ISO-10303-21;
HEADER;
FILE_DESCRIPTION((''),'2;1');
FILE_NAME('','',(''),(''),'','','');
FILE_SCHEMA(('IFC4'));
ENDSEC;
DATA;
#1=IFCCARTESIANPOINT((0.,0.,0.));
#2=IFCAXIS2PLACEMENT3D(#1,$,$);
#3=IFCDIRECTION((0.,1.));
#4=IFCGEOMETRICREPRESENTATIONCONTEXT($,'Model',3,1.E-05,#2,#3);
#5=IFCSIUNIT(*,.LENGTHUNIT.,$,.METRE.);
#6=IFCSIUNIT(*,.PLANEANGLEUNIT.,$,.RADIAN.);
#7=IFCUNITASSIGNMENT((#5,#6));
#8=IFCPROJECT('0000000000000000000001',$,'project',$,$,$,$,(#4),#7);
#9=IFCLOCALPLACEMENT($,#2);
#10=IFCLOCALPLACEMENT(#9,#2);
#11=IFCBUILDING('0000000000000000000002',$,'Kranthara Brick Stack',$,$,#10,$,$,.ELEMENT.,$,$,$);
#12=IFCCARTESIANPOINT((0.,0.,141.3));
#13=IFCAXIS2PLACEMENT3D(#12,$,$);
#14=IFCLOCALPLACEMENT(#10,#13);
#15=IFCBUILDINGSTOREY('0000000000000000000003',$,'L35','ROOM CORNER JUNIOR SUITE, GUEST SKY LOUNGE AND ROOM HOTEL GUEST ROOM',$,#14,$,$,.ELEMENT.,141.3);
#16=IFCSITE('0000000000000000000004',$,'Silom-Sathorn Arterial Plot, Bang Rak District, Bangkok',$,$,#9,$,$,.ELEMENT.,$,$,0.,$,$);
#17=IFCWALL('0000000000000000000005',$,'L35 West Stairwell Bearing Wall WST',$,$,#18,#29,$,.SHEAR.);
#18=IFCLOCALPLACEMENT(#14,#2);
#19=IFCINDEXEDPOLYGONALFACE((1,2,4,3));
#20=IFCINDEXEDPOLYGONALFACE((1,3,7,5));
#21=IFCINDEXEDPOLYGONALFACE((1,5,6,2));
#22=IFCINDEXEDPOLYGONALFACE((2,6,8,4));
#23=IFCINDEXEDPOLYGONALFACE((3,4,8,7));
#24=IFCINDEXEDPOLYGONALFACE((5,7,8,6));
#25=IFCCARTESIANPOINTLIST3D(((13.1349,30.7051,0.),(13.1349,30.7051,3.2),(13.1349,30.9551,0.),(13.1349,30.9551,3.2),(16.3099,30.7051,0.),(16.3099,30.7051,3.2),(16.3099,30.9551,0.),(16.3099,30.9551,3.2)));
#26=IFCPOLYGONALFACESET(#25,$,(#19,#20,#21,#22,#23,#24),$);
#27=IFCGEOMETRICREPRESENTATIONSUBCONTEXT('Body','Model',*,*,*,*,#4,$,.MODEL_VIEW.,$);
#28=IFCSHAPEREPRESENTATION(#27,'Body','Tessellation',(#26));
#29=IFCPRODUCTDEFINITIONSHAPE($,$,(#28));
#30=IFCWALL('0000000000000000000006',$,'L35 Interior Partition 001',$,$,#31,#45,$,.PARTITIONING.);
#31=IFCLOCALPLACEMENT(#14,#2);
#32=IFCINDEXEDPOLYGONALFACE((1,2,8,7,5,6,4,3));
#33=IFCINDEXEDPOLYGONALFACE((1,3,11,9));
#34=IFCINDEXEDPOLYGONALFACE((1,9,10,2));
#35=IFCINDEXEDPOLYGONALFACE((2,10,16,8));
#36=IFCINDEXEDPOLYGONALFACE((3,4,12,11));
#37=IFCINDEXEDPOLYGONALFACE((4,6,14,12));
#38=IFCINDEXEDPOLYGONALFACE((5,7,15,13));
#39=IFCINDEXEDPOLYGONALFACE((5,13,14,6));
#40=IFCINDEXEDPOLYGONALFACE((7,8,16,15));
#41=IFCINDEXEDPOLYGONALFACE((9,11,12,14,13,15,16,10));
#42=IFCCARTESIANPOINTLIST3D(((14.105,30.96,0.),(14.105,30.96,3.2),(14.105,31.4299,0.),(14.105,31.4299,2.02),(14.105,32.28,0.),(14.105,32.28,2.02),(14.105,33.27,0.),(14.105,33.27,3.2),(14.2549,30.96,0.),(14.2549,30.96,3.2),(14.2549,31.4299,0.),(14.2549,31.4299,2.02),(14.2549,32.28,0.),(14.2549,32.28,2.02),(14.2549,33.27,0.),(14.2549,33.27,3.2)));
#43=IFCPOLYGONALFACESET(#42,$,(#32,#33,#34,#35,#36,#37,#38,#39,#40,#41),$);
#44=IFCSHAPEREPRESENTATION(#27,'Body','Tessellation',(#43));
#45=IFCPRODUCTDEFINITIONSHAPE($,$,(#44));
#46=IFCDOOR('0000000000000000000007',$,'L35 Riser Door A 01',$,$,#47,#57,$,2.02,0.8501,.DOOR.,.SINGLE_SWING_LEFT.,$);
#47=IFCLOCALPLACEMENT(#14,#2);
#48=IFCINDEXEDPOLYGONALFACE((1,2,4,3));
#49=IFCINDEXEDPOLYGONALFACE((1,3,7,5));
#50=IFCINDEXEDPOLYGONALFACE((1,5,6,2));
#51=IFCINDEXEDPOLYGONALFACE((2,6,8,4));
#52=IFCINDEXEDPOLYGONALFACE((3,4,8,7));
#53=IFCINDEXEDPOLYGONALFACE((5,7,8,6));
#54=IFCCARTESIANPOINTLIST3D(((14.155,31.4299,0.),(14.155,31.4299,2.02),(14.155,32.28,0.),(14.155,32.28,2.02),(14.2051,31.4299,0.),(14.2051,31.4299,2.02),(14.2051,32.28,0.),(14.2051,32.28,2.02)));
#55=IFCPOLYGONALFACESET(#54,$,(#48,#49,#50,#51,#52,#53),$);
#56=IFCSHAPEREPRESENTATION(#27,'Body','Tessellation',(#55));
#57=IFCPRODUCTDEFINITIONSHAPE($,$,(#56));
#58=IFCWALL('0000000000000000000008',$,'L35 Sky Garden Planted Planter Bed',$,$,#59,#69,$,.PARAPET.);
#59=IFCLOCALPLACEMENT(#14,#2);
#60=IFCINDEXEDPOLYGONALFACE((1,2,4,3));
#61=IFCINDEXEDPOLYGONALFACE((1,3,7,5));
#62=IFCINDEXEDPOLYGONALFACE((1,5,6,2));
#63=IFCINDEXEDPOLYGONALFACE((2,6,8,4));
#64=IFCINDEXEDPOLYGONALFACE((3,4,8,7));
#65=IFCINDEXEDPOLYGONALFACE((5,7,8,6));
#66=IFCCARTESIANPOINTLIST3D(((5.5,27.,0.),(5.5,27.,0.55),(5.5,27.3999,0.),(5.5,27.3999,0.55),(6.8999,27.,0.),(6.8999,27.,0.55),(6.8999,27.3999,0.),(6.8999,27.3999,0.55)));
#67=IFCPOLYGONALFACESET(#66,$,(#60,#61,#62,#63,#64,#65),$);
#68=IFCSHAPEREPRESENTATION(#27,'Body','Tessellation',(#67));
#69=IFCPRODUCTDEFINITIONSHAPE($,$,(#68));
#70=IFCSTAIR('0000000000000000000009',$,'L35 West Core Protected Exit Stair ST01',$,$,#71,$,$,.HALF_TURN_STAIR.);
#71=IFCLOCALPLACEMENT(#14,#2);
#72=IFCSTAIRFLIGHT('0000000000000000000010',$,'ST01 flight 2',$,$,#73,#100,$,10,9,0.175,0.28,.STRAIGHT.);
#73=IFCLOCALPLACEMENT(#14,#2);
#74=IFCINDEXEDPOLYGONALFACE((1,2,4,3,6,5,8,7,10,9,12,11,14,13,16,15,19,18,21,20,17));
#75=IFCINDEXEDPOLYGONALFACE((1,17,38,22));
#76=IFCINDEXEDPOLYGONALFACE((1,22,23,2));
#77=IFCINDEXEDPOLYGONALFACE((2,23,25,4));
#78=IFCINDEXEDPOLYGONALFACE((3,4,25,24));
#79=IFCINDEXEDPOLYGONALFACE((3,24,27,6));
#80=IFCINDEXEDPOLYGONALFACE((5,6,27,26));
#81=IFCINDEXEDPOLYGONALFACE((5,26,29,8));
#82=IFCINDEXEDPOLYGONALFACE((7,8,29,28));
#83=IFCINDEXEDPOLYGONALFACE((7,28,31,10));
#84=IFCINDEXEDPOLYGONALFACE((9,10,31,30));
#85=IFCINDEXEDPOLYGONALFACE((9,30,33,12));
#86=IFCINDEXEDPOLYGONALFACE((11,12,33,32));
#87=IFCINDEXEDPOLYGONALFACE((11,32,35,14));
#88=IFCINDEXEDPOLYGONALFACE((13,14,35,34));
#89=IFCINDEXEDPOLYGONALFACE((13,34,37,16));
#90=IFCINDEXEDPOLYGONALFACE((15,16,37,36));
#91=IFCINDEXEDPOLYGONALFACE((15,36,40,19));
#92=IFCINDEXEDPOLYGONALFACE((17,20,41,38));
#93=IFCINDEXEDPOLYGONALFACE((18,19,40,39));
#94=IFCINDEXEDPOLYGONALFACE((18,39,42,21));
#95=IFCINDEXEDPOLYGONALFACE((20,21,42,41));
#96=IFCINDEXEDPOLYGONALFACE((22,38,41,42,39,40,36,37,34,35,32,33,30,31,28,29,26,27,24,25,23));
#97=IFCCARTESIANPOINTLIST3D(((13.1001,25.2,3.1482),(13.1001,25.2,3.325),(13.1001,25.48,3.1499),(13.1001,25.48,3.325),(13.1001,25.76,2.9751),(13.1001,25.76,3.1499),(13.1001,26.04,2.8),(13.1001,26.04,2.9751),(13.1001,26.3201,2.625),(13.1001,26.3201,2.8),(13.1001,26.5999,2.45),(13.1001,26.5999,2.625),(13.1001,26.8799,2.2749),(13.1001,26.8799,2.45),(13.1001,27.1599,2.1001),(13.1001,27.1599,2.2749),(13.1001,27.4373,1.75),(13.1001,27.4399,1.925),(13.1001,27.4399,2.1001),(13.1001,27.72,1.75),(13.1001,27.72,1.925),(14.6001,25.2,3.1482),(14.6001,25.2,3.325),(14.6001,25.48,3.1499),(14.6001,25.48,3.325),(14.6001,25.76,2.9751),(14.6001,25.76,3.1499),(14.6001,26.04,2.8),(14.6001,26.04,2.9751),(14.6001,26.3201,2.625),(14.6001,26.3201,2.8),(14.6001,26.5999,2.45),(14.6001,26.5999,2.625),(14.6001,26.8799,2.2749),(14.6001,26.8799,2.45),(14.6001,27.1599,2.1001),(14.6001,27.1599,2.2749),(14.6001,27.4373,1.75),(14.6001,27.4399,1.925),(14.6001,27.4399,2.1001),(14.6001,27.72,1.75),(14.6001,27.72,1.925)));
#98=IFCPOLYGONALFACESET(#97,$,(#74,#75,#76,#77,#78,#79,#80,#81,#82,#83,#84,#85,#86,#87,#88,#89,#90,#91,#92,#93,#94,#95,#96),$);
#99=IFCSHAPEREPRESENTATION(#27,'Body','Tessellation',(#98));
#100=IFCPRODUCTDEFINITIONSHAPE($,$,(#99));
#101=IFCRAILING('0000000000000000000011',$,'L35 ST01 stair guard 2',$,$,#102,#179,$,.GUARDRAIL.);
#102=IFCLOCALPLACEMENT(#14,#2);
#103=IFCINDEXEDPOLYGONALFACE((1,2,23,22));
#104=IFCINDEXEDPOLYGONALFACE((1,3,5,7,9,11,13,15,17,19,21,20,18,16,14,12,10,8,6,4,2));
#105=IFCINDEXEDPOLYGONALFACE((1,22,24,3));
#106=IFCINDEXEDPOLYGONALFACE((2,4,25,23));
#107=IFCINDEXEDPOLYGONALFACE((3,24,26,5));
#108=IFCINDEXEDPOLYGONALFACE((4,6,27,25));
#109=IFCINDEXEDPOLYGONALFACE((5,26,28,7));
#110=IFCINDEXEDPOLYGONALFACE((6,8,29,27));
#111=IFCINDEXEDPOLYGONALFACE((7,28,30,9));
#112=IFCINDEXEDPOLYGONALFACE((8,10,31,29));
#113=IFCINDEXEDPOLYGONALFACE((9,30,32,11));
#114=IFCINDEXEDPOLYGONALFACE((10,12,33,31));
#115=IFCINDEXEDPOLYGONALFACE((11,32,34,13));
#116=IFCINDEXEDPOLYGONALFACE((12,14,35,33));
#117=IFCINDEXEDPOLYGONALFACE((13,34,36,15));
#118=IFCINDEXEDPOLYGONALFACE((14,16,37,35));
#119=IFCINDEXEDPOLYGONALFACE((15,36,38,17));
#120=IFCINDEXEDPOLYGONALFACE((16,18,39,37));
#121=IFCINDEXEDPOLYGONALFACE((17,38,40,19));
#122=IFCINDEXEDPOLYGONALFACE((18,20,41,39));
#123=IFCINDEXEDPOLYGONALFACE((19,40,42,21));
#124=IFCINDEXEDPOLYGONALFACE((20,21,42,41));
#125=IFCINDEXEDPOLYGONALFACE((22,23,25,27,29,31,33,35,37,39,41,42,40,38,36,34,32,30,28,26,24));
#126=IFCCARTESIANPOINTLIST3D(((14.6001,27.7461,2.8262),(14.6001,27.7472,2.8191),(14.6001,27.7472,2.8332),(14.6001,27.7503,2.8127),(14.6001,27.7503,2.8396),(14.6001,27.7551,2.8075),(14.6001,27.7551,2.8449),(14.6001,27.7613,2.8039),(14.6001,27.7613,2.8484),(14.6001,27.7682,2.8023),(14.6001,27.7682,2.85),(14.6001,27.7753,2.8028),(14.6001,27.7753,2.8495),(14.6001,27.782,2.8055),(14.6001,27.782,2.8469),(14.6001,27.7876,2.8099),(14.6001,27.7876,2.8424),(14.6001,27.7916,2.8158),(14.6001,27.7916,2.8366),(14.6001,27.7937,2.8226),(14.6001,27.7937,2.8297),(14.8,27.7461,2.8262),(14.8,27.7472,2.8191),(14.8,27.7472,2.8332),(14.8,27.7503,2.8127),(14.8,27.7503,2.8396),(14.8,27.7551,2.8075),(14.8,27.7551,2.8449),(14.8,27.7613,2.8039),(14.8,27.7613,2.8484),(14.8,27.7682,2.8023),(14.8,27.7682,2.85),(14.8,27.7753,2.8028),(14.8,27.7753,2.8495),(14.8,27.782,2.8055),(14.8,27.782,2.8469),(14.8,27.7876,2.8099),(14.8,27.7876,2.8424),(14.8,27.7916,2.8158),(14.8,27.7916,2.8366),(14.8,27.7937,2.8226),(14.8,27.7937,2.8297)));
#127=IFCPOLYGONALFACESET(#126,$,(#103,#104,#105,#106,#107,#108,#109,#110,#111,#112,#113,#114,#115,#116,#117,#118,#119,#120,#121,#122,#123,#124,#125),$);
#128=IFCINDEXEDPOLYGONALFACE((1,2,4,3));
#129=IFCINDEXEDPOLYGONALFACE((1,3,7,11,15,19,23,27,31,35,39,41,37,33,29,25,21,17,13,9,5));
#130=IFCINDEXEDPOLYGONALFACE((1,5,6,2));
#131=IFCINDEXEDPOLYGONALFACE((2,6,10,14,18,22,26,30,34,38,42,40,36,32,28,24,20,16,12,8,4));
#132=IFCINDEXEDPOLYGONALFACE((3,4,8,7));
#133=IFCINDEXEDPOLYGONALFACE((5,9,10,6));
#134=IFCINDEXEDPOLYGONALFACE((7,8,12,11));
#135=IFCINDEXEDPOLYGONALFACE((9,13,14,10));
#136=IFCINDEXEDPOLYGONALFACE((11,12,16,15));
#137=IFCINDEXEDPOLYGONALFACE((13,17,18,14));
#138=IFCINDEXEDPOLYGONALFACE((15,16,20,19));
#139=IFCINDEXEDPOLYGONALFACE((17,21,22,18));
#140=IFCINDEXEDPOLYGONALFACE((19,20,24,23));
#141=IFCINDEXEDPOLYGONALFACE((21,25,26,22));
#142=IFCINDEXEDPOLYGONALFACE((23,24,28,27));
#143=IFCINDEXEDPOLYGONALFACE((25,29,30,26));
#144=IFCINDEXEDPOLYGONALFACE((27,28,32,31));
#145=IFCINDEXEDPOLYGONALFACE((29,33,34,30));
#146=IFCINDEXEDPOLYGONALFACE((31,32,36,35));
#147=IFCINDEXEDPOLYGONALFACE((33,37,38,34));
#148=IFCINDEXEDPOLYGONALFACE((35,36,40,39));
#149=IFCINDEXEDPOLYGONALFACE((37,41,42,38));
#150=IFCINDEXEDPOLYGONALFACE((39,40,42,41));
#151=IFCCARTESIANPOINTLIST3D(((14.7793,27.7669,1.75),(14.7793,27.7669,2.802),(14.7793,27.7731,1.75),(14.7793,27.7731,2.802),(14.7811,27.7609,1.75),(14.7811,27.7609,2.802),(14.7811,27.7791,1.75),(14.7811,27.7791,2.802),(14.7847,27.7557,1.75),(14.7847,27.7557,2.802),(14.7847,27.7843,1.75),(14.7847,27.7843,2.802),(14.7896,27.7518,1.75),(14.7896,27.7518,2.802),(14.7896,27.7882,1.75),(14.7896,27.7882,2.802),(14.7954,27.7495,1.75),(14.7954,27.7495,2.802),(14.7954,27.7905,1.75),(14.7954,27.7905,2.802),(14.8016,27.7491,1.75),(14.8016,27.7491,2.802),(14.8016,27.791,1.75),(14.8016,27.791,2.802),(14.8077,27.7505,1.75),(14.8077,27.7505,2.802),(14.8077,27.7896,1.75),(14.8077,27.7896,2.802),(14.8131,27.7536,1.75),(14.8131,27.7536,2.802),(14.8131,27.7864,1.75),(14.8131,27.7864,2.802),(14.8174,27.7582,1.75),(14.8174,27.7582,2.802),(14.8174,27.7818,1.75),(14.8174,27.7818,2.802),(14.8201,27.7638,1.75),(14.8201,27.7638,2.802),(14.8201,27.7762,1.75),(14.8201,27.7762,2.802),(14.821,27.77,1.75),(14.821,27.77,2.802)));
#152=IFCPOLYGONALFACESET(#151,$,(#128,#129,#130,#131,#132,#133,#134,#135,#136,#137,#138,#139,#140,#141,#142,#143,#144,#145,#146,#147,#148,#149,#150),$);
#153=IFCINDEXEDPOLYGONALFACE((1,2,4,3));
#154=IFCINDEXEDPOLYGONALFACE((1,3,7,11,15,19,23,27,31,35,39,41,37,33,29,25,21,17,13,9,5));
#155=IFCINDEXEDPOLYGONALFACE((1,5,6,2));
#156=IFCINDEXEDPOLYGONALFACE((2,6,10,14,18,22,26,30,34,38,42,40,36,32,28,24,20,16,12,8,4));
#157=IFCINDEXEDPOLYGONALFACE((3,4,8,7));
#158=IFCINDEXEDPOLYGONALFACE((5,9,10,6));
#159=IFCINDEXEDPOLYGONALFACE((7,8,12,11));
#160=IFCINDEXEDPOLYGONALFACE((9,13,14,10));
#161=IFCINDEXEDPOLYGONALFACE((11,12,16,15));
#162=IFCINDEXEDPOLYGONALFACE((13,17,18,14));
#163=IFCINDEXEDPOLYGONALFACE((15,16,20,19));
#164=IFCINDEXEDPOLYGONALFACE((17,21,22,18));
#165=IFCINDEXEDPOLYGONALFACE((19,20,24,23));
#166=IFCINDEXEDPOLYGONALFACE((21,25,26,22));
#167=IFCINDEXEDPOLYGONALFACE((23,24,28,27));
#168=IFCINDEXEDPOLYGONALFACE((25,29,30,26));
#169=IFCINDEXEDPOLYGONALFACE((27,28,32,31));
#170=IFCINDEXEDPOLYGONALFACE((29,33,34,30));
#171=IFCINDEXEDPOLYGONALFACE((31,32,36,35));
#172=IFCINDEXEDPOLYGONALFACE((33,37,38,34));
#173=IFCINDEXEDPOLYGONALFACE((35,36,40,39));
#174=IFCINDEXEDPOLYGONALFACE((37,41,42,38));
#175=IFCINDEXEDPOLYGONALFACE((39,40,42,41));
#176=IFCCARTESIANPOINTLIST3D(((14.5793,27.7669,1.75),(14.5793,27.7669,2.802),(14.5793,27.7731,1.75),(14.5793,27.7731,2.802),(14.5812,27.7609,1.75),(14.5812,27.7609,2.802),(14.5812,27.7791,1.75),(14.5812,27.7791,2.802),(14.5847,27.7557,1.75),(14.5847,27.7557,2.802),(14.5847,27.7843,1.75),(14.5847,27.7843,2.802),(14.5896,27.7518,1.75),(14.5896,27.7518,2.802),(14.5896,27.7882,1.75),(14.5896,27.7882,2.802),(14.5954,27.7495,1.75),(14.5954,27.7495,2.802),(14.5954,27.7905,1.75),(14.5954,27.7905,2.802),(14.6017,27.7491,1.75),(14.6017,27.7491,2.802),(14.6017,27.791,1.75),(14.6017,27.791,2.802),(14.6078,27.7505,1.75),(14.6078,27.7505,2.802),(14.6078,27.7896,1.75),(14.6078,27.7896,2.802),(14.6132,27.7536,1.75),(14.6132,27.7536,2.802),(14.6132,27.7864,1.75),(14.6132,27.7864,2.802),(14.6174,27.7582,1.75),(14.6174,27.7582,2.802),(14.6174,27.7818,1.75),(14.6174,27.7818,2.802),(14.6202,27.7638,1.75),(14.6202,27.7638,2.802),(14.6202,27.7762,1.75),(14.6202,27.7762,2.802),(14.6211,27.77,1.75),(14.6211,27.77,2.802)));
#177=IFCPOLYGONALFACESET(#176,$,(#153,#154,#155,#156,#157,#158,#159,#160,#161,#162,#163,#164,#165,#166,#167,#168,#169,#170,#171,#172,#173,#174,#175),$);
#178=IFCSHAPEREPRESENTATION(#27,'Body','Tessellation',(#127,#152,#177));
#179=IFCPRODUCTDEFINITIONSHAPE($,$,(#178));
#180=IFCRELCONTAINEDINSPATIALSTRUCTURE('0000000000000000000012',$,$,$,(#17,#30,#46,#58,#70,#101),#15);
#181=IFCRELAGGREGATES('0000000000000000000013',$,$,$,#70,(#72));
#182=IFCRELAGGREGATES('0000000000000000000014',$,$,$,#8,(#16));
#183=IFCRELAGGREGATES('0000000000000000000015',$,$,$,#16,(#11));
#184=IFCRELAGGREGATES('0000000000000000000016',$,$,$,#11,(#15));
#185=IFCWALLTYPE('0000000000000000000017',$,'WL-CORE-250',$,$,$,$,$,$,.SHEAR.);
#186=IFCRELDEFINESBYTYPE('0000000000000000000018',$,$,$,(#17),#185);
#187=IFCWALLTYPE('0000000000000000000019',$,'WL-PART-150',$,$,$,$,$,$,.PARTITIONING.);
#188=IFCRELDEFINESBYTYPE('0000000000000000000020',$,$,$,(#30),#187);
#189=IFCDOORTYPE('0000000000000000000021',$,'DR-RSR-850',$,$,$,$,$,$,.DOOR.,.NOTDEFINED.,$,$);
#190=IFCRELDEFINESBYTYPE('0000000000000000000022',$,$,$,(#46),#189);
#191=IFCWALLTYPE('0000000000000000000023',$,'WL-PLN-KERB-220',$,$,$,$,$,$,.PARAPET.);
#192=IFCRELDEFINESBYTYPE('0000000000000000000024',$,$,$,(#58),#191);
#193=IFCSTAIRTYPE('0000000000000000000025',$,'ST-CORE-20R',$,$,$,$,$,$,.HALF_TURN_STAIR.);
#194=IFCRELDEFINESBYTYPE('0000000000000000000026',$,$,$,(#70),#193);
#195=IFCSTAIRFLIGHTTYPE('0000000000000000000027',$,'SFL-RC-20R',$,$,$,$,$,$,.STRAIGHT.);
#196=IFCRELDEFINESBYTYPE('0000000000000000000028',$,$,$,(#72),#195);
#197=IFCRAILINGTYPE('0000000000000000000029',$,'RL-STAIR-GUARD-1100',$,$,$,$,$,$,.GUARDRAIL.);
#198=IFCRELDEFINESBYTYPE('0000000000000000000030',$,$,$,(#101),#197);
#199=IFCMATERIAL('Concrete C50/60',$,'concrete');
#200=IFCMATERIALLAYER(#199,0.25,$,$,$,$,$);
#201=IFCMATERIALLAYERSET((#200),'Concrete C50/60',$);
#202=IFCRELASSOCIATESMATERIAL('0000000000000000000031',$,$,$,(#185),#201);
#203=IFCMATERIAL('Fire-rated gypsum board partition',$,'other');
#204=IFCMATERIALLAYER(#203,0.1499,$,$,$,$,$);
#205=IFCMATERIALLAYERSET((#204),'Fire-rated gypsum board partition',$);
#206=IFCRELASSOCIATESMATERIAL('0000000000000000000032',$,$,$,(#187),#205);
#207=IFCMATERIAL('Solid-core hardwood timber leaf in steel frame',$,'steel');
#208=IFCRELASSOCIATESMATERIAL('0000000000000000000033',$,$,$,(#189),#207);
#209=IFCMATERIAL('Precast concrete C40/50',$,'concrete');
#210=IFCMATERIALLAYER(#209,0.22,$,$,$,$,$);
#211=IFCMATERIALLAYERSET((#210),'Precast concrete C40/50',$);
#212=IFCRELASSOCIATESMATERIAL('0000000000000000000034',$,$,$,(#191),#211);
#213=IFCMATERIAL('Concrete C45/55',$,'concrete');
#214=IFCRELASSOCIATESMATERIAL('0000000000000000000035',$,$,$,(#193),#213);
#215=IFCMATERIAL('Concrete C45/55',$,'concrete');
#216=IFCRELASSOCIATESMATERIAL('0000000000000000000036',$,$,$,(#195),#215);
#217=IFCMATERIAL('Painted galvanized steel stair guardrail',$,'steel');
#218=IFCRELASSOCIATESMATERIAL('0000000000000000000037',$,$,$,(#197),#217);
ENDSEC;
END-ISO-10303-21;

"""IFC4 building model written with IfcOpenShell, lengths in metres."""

from ifc_helpers import new_model, si_unit, direction, frame, frame_2d, origin, origin_2d, place, context, subcontext, project, spatial, polyline, rectangle, circle, outline, extrude, material, layer, layer_set, type_object, element, fill, aggregate, save


model = new_model("IFC4")

# Units and contexts
model_context = context("Model", 3, precision=1e-05, world=origin(), true_north=direction((0.0, 1.0)))
body_context = subcontext(model_context, "Body", "Model", "MODEL_VIEW")
ifc_project = project(units=[si_unit("LENGTHUNIT", "METRE"), si_unit("PLANEANGLEUNIT", "RADIAN")], contexts=[model_context])

# Site, building, storey
site_placement = place(None, origin())
site = spatial("IfcSite", under=ifc_project, at=site_placement, Name="Silom-Sathorn Arterial Plot, Bang Rak District, Bangkok", CompositionType="ELEMENT", RefElevation=0.0)
building_placement = place(site_placement, origin())
building = spatial("IfcBuilding", under=site, at=building_placement, Name="Kranthara Brick Stack", CompositionType="ELEMENT")
storey_placement = place(building_placement, frame((0.0, 0.0, 141.3)))
storey = spatial("IfcBuildingStorey", under=building, at=storey_placement, Name="L35", Description="ROOM CORNER JUNIOR SUITE, GUEST SKY LOUNGE AND ROOM HOTEL GUEST ROOM", CompositionType="ELEMENT", Elevation=141.3)

# Wall
ifc_material_1 = material(Name="Concrete C50/60", Category="concrete")
ifc_layer_1 = layer(ifc_material_1, 0.25)
ifc_layer_set_1 = layer_set([ifc_layer_1], Name="Concrete C50/60")
wall_type_1 = type_object("IfcWallType", Name="WL-CORE-250", PredefinedType="SHEAR", material=ifc_layer_set_1)
for number, where, z_axis, x_axis, name in (
    (1, (13.135, 30.8301, 0.0), (0.0, 0.0, 1.0), (1.0, 0.0, 0.0), "L35 West Stairwell Bearing Wall WST"),
):
    element("IfcWall", number, at=place(storey_placement, frame(where, z_axis=z_axis, x_axis=x_axis)), inside=storey, type_object=wall_type_1, Name=name, PredefinedType="SHEAR", context=body_context, shape_type="SweptSolid", body=[
        extrude(rectangle(XDim=3.175, YDim=0.25, at=frame_2d((1.5874, 0.0))), origin(), (0.0, 0.0, 1.0), 3.2),
    ])

# Wall, opening, door
ifc_material_2 = material(Name="Fire-rated gypsum board partition", Category="other")
ifc_layer_2 = layer(ifc_material_2, 0.1499)
ifc_layer_set_2 = layer_set([ifc_layer_2], Name="Fire-rated gypsum board partition")
wall_type_2 = type_object("IfcWallType", Name="WL-PART-150", PredefinedType="PARTITIONING", material=ifc_layer_set_2)
wall_1_placement = place(storey_placement, frame((14.1799, 30.96, 0.0), z_axis=(0.0, 0.0, 1.0), x_axis=(0.0, 1.0, 0.0)))
wall_1 = element("IfcWall", 2, at=wall_1_placement, inside=storey, type_object=wall_type_2, Name="L35 Interior Partition 001", PredefinedType="PARTITIONING", context=body_context, shape_type="SweptSolid", body=[
    extrude(rectangle(XDim=2.3101, YDim=0.1499, at=frame_2d((1.155, 0.0))), origin(), (0.0, 0.0, 1.0), 3.2),
])
opening_placement = place(wall_1_placement, frame((0.47, 0.0, 0.0)))
opening = element("IfcOpeningElement", 3, at=opening_placement, cuts=wall_1, PredefinedType="OPENING", context=body_context, shape_type="SweptSolid", body=[
    extrude(rectangle(XDim=0.8501, YDim=2.02, at=frame_2d((0.425, 1.01))), frame((0.0, 0.085, 0.0), z_axis=(0.0, -1.0, 0.0), x_axis=(1.0, 0.0, 0.0)), (0.0, 0.0, 1.0), 0.1699),
])
ifc_material_3 = material(Name="Solid-core hardwood timber leaf in steel frame", Category="steel")
door_type = type_object("IfcDoorType", Name="DR-RSR-850", OperationType="NOTDEFINED", PredefinedType="DOOR", material=ifc_material_3)
door_placement = place(opening_placement, origin())
door = element("IfcDoor", 4, at=door_placement, inside=storey, type_object=door_type, Name="L35 Riser Door A 01", OperationType="SINGLE_SWING_LEFT", OverallHeight=2.02, OverallWidth=0.8501, PredefinedType="DOOR", context=body_context, shape_type="SweptSolid", body=[
    extrude(rectangle(XDim=0.8501, YDim=2.02, at=frame_2d((0.425, 1.01))), frame((0.0, 0.0249, 0.0), z_axis=(0.0, -1.0, 0.0), x_axis=(1.0, 0.0, 0.0)), (0.0, 0.0, 1.0), 0.05),
])
fill(opening, door)

# Wall
ifc_material_4 = material(Name="Precast concrete C40/50", Category="concrete")
ifc_layer_3 = layer(ifc_material_4, 0.22)
ifc_layer_set_3 = layer_set([ifc_layer_3], Name="Precast concrete C40/50")
wall_type_3 = type_object("IfcWallType", Name="WL-PLN-KERB-220", PredefinedType="PARAPET", material=ifc_layer_set_3)
wall_2_placement = place(storey_placement, frame((5.5, 27.2, 0.0), z_axis=(0.0, 0.0, 1.0), x_axis=(1.0, 0.0, 0.0)))
element("IfcWall", 5, at=wall_2_placement, inside=storey, type_object=wall_type_3, Name="L35 Sky Garden Planted Planter Bed", PredefinedType="PARAPET", context=body_context, shape_type="SweptSolid", body=[
    extrude(rectangle(XDim=1.3999, YDim=0.3999, at=frame_2d((0.7, 0.0))), origin(), (0.0, 0.0, 1.0), 0.55),
])

# Stair, stair flight
ifc_material_5 = material(Name="Concrete C45/55", Category="concrete")
stair_type = type_object("IfcStairType", Name="ST-CORE-20R", PredefinedType="HALF_TURN_STAIR", material=ifc_material_5)
stair_placement = place(storey_placement, origin())
stair = element("IfcStair", 6, at=stair_placement, inside=storey, type_object=stair_type, Name="L35 West Core Protected Exit Stair ST01", PredefinedType="HALF_TURN_STAIR")
ifc_material_6 = material(Name="Concrete C45/55", Category="concrete")
stair_flight_type = type_object("IfcStairFlightType", Name="SFL-RC-20R", PredefinedType="STRAIGHT", material=ifc_material_6)
stair_flight_placement = place(storey_placement, frame((13.8501, 27.72, 1.75), z_axis=(0.0, 0.0, 1.0), x_axis=(0.0, -1.0, 0.0)))
stair_flight = element("IfcStairFlight", 7, at=stair_flight_placement, type_object=stair_flight_type, Name="ST01 flight 2", NumberOfRisers=10, NumberOfTreads=9, PredefinedType="STRAIGHT", RiserHeight=0.175, TreadLength=0.28, context=body_context, shape_type="SweptSolid", body=[
    extrude(outline(polyline([(0.0, 0.0), (0.0, 0.175), (0.28, 0.175), (0.28, 0.3501), (0.5601, 0.3501), (0.5601, 0.5249), (0.8401, 0.5249), (0.8401, 0.7), (1.1201, 0.7), (1.1201, 0.875), (1.3999, 0.875), (1.3999, 1.05), (1.6799, 1.05), (1.6799, 1.2251), (1.96, 1.2251), (1.96, 1.3999), (2.24, 1.3999), (2.24, 1.575), (2.52, 1.575), (2.52, 1.75), (2.52, 1.3982), (0.2827, 0.0), (0.0, 0.0)])), frame((0.0, 0.75, 0.0), z_axis=(0.0, -1.0, 0.0), x_axis=(1.0, 0.0, 0.0)), (0.0, 0.0, 1.0), 1.5),
])
aggregate(stair, [stair_flight])

# Railing
ifc_material_7 = material(Name="Painted galvanized steel stair guardrail", Category="steel")
railing_type_1 = type_object("IfcRailingType", Name="RL-STAIR-GUARD-1100", PredefinedType="GUARDRAIL", material=ifc_material_7)
railing_1_placement = place(storey_placement, frame((14.8, 27.77, 1.75)))
element("IfcRailing", 8, at=railing_1_placement, inside=storey, type_object=railing_type_1, Name="L35 ST01 stair guard 2", PredefinedType="GUARDRAIL", context=body_context, shape_type="SweptSolid", body=[
    extrude(circle(Radius=0.0239, at=origin_2d()), frame((0.0, 0.0, 1.0762), z_axis=(-1.0, 0.0, 0.0), x_axis=(0.0, -1.0, 0.0)), (0.0, 0.0, 1.0), 0.2),
    extrude(circle(Radius=0.021, at=origin_2d()), origin(), (0.0, 0.0, 1.0), 1.052),
    extrude(circle(Radius=0.021, at=origin_2d()), frame((-0.2, 0.0, 0.0)), (0.0, 0.0, 1.0), 1.052),
])

save(model, "model.ifc")
